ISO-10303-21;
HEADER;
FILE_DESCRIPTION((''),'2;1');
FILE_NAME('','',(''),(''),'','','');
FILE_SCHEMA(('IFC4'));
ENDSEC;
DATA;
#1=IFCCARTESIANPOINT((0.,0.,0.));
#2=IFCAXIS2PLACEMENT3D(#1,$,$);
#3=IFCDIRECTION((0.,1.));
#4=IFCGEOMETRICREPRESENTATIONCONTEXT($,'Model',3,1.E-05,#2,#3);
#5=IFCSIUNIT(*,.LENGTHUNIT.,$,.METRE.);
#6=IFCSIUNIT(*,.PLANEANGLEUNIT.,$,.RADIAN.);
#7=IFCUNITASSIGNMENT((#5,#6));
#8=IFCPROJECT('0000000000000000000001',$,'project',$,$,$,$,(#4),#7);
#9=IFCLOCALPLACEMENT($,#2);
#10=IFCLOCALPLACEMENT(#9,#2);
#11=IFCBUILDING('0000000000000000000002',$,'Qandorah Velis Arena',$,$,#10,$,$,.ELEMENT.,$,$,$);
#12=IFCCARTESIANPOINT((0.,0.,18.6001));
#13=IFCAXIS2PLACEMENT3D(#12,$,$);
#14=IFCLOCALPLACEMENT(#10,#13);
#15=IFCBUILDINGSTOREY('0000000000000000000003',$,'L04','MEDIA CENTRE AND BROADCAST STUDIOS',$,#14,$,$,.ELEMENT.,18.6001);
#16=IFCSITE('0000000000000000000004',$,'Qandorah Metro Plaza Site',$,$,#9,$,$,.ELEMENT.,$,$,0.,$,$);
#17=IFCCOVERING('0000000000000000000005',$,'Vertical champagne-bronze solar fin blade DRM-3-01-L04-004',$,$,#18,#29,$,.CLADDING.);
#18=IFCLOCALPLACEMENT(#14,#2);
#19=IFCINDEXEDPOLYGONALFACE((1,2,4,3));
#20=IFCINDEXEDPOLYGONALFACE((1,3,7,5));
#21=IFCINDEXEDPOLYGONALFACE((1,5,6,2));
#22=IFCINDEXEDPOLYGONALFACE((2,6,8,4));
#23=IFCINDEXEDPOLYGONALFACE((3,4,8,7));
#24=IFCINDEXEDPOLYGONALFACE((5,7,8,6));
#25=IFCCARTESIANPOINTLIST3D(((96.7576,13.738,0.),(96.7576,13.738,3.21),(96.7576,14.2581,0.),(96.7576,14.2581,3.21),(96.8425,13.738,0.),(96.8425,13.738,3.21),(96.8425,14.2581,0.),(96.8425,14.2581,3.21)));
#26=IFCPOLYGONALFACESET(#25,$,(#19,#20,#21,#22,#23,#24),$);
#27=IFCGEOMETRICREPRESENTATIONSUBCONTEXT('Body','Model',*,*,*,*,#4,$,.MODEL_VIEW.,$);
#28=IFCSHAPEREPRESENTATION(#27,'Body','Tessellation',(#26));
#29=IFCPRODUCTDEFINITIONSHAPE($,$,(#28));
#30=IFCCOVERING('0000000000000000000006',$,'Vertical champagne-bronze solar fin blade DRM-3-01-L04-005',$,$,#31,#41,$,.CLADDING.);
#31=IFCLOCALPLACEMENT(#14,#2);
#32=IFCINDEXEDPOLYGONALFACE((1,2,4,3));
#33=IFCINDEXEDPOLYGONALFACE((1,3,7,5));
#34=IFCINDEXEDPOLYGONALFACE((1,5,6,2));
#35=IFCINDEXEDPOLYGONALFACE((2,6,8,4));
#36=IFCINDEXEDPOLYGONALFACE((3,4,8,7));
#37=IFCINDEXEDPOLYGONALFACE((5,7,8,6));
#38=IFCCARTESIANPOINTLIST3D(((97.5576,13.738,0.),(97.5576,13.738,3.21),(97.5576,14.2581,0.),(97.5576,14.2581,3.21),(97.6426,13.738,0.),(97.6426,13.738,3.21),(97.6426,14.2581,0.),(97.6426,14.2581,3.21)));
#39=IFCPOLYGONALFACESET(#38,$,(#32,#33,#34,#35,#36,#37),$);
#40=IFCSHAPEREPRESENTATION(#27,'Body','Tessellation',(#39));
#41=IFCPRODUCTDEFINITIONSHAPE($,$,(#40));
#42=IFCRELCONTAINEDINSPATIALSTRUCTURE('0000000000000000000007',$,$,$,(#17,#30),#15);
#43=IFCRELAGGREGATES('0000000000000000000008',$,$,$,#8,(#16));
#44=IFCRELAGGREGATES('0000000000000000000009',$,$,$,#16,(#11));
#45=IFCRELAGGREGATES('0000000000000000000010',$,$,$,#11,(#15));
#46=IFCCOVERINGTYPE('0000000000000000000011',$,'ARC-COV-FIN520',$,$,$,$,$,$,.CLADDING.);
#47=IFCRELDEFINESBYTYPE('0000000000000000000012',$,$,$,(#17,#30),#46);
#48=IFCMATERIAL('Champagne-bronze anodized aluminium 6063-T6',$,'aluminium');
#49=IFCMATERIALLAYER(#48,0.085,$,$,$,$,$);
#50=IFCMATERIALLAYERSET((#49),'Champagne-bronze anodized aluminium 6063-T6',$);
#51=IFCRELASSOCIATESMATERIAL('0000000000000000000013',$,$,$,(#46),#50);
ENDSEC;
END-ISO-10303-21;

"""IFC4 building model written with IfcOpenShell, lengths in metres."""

from ifc_helpers import new_model, si_unit, direction, frame, origin, origin_2d, place, context, subcontext, project, spatial, rectangle, extrude, material, layer, layer_set, type_object, element, save


model = new_model("IFC4")

# Units and contexts
model_context = context("Model", 3, precision=1e-05, world=origin(), true_north=direction((0.0, 1.0)))
body_context = subcontext(model_context, "Body", "Model", "MODEL_VIEW")
ifc_project = project(units=[si_unit("LENGTHUNIT", "METRE"), si_unit("PLANEANGLEUNIT", "RADIAN")], contexts=[model_context])

# Site, building, storey
site_placement = place(None, origin())
site = spatial("IfcSite", under=ifc_project, at=site_placement, Name="Qandorah Metro Plaza Site", CompositionType="ELEMENT", RefElevation=0.0)
building_placement = place(site_placement, origin())
building = spatial("IfcBuilding", under=site, at=building_placement, Name="Qandorah Velis Arena", CompositionType="ELEMENT")
storey_placement = place(building_placement, frame((0.0, 0.0, 18.6001)))
storey = spatial("IfcBuildingStorey", under=building, at=storey_placement, Name="L04", Description="MEDIA CENTRE AND BROADCAST STUDIOS", CompositionType="ELEMENT", Elevation=18.6001)

# Shared definitions
ifc_material_1 = material(Name="Champagne-bronze anodized aluminium 6063-T6", Category="aluminium")

# Coverings
ifc_layer_1 = layer(ifc_material_1, 0.085)
ifc_layer_set_1 = layer_set([ifc_layer_1], Name="Champagne-bronze anodized aluminium 6063-T6")
covering_type = type_object("IfcCoveringType", Name="ARC-COV-FIN520", PredefinedType="CLADDING", material=ifc_layer_set_1)
for number, where, z_axis, x_axis, name in (
    (1, (96.8, 13.998, 0.0), (0.0, 0.0, 1.0), (1.0, 0.0, 0.0), "Vertical champagne-bronze solar fin blade DRM-3-01-L04-004"),
    (2, (97.6001, 13.998, 0.0), (0.0, 0.0, 1.0), (1.0, 0.0, 0.0), "Vertical champagne-bronze solar fin blade DRM-3-01-L04-005"),
):
    element("IfcCovering", number, at=place(storey_placement, frame(where, z_axis=z_axis, x_axis=x_axis)), inside=storey, type_object=covering_type, Name=name, PredefinedType="CLADDING", context=body_context, shape_type="SweptSolid", body=[
        extrude(rectangle(XDim=0.085, YDim=0.52, at=origin_2d()), origin(), (0.0, 0.0, 1.0), 3.21),
    ])

save(model, "model.ifc")
